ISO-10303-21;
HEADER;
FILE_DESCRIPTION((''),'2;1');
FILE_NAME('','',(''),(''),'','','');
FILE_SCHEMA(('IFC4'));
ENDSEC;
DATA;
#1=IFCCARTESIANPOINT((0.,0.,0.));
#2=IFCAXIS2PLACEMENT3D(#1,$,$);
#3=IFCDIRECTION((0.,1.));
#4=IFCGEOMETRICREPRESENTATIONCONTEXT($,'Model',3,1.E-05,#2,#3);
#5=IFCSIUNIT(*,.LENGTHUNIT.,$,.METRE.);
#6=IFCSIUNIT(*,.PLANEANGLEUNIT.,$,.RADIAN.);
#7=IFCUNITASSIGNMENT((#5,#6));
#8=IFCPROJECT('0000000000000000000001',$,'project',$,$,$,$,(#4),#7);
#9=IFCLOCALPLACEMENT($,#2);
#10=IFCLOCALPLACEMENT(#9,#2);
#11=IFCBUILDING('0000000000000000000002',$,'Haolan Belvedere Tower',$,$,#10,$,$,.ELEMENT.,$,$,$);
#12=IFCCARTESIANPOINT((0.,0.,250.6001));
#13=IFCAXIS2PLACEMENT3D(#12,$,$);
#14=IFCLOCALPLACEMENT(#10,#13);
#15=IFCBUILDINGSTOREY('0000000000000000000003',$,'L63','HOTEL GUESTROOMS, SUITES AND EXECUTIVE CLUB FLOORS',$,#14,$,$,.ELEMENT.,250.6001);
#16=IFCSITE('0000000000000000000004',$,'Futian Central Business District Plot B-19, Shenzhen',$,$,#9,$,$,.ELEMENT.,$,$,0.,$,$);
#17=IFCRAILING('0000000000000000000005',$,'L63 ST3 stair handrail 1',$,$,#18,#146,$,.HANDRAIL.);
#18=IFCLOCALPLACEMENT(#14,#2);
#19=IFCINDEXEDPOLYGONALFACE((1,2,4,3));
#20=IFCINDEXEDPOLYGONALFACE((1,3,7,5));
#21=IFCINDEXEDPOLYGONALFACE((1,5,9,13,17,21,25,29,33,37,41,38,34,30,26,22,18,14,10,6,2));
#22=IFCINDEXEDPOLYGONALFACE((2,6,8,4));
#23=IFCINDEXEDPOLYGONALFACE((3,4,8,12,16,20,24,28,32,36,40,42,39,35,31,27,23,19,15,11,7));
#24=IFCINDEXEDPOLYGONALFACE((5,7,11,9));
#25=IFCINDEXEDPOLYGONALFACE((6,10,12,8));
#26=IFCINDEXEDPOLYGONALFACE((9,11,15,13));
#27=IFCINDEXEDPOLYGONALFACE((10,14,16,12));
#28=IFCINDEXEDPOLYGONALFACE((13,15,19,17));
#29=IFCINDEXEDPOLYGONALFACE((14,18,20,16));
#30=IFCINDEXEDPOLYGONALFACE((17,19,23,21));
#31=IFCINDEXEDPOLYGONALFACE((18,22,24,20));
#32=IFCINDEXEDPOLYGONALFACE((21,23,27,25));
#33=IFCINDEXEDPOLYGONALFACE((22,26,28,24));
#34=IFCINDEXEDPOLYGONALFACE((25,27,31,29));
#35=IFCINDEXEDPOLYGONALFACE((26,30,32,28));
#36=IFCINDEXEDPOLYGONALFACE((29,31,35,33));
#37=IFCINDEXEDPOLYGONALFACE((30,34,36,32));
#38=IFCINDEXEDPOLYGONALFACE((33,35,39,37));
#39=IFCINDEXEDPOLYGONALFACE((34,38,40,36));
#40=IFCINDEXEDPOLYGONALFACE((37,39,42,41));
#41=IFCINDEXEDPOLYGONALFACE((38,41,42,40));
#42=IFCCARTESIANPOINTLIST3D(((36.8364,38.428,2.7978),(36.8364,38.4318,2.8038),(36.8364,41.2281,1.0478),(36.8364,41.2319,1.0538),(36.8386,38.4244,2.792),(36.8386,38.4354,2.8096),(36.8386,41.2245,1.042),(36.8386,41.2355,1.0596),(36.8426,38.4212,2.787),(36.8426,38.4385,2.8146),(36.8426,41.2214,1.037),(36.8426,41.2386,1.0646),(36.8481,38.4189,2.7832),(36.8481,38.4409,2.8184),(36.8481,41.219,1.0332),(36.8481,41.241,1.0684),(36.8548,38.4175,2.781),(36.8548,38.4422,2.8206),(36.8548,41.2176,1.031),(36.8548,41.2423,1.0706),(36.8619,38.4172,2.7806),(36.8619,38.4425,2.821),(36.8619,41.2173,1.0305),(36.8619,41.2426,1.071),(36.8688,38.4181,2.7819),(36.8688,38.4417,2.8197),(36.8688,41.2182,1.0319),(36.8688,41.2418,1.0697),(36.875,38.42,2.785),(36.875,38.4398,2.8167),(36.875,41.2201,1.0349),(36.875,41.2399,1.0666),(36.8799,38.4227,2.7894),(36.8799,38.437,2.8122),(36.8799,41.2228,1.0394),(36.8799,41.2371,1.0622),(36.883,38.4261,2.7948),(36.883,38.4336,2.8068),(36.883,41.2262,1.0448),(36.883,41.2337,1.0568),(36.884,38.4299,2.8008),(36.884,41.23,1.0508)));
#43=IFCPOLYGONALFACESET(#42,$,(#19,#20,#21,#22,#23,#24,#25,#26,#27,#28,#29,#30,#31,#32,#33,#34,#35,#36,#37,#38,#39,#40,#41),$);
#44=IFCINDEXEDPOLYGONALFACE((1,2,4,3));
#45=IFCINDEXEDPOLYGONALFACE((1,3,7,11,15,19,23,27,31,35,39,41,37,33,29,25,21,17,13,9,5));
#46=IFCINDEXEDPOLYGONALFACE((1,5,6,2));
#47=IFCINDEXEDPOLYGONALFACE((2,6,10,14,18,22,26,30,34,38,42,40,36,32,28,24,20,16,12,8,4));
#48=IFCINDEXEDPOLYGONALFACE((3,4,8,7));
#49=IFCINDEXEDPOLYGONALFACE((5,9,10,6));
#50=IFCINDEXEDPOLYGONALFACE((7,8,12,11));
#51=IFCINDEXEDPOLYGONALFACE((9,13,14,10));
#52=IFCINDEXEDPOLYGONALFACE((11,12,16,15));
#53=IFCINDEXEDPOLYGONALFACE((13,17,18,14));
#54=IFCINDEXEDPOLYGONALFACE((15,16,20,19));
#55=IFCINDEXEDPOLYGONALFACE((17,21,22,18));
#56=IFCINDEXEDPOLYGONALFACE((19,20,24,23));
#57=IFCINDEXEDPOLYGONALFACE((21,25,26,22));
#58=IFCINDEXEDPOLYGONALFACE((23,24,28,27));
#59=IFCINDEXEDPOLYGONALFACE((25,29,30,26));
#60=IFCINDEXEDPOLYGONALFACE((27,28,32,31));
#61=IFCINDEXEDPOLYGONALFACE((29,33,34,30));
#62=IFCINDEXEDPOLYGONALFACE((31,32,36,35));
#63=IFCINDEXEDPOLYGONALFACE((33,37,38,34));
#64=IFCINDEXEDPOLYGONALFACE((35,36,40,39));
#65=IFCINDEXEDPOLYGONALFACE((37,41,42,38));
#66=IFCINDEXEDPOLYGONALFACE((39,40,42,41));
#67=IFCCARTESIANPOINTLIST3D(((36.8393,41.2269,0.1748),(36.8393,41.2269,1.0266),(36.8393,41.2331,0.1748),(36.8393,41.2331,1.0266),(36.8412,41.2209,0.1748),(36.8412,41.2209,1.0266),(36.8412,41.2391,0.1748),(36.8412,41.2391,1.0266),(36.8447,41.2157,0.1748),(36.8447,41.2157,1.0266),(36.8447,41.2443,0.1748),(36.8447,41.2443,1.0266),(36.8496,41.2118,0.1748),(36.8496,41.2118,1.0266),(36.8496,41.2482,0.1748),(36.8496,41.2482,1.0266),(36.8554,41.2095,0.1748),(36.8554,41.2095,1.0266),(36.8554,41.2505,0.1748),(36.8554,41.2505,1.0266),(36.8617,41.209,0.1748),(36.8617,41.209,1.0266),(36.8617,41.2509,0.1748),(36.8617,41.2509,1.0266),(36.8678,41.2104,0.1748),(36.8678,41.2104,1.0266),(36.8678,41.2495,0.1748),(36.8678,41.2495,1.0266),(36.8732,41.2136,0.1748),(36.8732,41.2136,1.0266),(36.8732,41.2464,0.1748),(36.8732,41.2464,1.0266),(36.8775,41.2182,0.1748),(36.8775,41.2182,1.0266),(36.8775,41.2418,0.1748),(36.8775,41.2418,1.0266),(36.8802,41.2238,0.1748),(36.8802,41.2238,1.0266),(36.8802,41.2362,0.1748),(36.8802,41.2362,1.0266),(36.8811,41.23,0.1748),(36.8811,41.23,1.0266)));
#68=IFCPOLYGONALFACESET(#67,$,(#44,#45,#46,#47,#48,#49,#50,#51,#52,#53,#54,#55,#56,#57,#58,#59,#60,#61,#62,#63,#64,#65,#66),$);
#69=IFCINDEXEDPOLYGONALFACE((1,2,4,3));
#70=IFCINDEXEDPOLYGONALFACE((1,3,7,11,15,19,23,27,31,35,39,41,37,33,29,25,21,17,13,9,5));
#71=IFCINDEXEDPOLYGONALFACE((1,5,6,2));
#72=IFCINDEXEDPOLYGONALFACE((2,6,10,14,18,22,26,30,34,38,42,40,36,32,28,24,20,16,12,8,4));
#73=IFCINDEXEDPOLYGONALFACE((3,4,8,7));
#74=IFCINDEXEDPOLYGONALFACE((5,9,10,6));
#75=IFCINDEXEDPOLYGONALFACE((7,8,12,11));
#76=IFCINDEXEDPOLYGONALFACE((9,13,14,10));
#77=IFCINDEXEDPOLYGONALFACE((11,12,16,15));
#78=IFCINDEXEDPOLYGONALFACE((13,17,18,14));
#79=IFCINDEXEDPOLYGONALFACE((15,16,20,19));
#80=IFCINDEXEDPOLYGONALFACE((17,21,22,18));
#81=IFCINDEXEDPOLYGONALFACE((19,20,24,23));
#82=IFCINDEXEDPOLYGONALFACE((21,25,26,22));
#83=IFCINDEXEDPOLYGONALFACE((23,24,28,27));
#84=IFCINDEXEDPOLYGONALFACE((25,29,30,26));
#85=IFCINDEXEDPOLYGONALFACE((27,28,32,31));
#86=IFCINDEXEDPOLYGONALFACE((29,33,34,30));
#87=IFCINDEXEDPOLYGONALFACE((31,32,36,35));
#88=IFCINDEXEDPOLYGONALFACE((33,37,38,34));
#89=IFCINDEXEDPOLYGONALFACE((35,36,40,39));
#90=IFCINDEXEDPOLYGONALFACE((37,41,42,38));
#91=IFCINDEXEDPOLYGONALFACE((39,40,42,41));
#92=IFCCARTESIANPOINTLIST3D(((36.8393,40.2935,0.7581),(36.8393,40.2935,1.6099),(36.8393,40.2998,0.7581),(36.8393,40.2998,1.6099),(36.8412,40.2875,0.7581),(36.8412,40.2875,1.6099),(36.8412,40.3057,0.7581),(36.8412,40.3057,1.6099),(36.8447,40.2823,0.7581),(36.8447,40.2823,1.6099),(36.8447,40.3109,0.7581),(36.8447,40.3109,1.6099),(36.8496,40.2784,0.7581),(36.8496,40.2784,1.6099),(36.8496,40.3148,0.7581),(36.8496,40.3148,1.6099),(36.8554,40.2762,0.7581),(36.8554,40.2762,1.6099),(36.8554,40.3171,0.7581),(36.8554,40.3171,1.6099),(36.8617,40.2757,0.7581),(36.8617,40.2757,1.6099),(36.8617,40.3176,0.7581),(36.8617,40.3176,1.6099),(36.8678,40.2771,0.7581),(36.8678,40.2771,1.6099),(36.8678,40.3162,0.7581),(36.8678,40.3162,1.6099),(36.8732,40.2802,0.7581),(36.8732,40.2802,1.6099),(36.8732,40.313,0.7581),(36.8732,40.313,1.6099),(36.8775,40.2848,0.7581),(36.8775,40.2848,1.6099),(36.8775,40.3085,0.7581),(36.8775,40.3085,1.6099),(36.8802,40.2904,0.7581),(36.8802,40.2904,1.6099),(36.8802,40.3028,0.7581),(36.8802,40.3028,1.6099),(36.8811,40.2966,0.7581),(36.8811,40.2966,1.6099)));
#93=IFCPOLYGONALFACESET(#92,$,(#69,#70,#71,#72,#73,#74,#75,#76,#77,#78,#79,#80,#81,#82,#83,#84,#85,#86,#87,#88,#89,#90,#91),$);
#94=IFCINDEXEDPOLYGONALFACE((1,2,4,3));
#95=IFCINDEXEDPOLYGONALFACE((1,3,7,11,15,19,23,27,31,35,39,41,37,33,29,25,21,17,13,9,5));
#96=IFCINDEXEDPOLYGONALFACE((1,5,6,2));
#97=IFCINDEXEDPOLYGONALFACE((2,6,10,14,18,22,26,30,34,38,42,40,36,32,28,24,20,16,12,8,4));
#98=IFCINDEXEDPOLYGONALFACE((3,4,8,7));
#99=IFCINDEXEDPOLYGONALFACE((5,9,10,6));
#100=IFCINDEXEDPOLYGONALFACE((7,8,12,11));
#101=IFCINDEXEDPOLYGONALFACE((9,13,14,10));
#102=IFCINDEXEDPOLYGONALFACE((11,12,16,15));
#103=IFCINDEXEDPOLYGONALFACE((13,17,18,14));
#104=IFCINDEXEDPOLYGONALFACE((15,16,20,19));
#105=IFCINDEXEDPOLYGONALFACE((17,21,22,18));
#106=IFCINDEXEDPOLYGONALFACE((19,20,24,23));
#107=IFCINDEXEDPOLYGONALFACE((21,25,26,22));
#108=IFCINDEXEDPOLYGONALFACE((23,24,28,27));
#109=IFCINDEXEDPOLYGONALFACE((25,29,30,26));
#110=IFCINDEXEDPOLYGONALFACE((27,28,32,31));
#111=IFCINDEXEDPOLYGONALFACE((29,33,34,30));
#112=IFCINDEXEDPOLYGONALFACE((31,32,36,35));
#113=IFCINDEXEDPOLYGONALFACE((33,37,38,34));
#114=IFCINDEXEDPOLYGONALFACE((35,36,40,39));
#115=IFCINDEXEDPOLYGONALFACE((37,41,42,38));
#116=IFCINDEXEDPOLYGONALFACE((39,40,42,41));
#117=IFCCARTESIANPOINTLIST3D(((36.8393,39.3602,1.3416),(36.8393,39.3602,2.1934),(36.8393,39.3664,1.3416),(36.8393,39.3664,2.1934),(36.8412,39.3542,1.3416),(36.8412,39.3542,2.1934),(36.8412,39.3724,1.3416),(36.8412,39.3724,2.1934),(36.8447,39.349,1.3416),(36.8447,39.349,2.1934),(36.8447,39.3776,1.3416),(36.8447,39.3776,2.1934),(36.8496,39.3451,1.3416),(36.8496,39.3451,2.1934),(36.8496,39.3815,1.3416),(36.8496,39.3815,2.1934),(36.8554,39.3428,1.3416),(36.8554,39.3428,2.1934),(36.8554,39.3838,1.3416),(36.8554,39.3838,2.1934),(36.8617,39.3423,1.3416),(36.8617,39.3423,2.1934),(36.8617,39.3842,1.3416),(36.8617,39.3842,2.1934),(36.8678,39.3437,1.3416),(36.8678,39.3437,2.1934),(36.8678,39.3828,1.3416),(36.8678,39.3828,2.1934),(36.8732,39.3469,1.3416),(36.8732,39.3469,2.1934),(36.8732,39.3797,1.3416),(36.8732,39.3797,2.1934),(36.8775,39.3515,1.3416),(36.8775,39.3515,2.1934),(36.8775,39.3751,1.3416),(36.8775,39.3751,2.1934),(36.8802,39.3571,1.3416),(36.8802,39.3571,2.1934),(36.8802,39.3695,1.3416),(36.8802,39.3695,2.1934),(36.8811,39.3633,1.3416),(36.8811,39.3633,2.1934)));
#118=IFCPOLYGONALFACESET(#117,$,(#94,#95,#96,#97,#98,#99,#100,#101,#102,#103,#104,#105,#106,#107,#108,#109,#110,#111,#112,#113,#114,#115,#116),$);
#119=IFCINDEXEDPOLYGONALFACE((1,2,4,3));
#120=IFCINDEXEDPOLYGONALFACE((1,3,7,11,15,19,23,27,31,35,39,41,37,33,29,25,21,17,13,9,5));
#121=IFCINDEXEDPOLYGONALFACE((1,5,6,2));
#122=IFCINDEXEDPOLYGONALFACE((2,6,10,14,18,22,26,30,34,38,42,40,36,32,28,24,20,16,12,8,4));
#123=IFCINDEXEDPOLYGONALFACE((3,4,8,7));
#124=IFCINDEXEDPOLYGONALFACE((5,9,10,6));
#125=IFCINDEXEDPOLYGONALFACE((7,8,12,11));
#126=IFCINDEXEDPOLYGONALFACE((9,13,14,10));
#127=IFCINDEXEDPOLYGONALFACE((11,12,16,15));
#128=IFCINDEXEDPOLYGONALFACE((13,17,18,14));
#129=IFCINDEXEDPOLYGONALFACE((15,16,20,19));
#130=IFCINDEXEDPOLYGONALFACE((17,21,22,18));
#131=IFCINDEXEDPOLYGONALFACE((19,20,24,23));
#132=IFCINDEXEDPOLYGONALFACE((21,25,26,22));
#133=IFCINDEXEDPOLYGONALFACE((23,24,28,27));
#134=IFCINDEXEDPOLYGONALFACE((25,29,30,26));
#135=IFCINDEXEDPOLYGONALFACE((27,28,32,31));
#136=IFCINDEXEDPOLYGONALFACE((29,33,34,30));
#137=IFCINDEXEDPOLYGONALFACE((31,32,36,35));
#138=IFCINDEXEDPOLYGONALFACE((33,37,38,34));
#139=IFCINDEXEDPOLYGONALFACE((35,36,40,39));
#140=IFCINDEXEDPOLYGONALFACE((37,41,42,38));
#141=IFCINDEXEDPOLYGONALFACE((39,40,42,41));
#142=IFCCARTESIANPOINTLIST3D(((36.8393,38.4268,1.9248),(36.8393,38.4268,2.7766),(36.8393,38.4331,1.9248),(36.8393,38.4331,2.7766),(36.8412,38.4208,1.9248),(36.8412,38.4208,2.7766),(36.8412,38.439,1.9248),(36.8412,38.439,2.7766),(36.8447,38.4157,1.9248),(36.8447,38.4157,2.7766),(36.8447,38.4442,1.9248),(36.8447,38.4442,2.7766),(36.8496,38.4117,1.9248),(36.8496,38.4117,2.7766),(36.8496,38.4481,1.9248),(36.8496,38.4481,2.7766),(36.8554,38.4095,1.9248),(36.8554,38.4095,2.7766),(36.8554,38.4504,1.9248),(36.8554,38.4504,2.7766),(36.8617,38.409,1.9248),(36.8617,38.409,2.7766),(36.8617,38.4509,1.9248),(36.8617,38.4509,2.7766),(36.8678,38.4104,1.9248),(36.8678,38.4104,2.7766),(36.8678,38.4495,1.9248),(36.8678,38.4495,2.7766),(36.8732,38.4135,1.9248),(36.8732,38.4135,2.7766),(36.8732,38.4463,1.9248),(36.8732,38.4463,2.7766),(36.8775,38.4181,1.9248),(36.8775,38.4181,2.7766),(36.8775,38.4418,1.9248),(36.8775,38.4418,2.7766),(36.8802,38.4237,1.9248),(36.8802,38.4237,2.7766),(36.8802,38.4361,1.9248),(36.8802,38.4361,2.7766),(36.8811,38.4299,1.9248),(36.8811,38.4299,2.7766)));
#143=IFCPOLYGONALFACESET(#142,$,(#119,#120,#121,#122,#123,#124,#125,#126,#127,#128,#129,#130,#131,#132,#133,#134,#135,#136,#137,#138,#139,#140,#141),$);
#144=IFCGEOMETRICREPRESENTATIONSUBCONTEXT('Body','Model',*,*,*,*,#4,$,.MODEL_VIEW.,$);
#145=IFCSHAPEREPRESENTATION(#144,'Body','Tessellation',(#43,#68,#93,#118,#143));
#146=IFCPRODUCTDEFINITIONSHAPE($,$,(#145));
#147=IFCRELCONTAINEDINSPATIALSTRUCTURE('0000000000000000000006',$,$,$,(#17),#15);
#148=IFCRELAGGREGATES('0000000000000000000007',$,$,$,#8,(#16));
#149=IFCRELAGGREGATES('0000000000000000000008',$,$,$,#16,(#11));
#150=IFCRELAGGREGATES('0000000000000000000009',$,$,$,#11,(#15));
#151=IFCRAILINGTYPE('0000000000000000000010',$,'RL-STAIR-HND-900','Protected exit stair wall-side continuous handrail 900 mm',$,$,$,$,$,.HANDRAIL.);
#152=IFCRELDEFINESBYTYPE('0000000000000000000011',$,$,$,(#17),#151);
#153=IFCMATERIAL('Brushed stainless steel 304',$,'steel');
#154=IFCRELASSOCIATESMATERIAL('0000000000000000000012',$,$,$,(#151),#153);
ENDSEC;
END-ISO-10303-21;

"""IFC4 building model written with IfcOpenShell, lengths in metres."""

from ifc_helpers import new_model, si_unit, direction, frame, origin, origin_2d, place, context, subcontext, project, spatial, circle, extrude, material, type_object, element, save


model = new_model("IFC4")

# Units and contexts
model_context = context("Model", 3, precision=1e-05, world=origin(), true_north=direction((0.0, 1.0)))
body_context = subcontext(model_context, "Body", "Model", "MODEL_VIEW")
ifc_project = project(units=[si_unit("LENGTHUNIT", "METRE"), si_unit("PLANEANGLEUNIT", "RADIAN")], contexts=[model_context])

# Site, building, storey
site_placement = place(None, origin())
site = spatial("IfcSite", under=ifc_project, at=site_placement, Name="Futian Central Business District Plot B-19, Shenzhen", CompositionType="ELEMENT", RefElevation=0.0)
building_placement = place(site_placement, origin())
building = spatial("IfcBuilding", under=site, at=building_placement, Name="Haolan Belvedere Tower", CompositionType="ELEMENT")
storey_placement = place(building_placement, frame((0.0, 0.0, 250.6001)))
storey = spatial("IfcBuildingStorey", under=building, at=storey_placement, Name="L63", Description="HOTEL GUESTROOMS, SUITES AND EXECUTIVE CLUB FLOORS", CompositionType="ELEMENT", Elevation=250.6001)

# Railing
ifc_material_1 = material(Name="Brushed stainless steel 304", Category="steel")
railing_type_1 = type_object("IfcRailingType", Name="RL-STAIR-HND-900", Description="Protected exit stair wall-side continuous handrail 900 mm", PredefinedType="HANDRAIL", material=ifc_material_1)
for number, where, name in (
    (1, (36.8601, 41.23, 0.1748), "L63 ST3 stair handrail 1"),
):
    element("IfcRailing", number, at=place(storey_placement, frame(where)), inside=storey, type_object=railing_type_1, Name=name, PredefinedType="HANDRAIL", context=body_context, shape_type="SweptSolid", body=[
        extrude(circle(Radius=0.0239, at=origin_2d()), frame((0.0, 0.0, 0.876), z_axis=(0.0, -0.848002, 0.529992), x_axis=(1.0, 0.0, 0.0)), (0.0, 0.0, 1.0), 3.302),
        extrude(circle(Radius=0.021, at=origin_2d()), origin(), (0.0, 0.0, 1.0), 0.8518),
        extrude(circle(Radius=0.021, at=origin_2d()), frame((0.0, -0.9333, 0.5833)), (0.0, 0.0, 1.0), 0.8518),
        extrude(circle(Radius=0.021, at=origin_2d()), frame((0.0, -1.8667, 1.1667)), (0.0, 0.0, 1.0), 0.8518),
        extrude(circle(Radius=0.021, at=origin_2d()), frame((0.0, -2.8, 1.75)), (0.0, 0.0, 1.0), 0.8518),
    ])

save(model, "model.ifc")
